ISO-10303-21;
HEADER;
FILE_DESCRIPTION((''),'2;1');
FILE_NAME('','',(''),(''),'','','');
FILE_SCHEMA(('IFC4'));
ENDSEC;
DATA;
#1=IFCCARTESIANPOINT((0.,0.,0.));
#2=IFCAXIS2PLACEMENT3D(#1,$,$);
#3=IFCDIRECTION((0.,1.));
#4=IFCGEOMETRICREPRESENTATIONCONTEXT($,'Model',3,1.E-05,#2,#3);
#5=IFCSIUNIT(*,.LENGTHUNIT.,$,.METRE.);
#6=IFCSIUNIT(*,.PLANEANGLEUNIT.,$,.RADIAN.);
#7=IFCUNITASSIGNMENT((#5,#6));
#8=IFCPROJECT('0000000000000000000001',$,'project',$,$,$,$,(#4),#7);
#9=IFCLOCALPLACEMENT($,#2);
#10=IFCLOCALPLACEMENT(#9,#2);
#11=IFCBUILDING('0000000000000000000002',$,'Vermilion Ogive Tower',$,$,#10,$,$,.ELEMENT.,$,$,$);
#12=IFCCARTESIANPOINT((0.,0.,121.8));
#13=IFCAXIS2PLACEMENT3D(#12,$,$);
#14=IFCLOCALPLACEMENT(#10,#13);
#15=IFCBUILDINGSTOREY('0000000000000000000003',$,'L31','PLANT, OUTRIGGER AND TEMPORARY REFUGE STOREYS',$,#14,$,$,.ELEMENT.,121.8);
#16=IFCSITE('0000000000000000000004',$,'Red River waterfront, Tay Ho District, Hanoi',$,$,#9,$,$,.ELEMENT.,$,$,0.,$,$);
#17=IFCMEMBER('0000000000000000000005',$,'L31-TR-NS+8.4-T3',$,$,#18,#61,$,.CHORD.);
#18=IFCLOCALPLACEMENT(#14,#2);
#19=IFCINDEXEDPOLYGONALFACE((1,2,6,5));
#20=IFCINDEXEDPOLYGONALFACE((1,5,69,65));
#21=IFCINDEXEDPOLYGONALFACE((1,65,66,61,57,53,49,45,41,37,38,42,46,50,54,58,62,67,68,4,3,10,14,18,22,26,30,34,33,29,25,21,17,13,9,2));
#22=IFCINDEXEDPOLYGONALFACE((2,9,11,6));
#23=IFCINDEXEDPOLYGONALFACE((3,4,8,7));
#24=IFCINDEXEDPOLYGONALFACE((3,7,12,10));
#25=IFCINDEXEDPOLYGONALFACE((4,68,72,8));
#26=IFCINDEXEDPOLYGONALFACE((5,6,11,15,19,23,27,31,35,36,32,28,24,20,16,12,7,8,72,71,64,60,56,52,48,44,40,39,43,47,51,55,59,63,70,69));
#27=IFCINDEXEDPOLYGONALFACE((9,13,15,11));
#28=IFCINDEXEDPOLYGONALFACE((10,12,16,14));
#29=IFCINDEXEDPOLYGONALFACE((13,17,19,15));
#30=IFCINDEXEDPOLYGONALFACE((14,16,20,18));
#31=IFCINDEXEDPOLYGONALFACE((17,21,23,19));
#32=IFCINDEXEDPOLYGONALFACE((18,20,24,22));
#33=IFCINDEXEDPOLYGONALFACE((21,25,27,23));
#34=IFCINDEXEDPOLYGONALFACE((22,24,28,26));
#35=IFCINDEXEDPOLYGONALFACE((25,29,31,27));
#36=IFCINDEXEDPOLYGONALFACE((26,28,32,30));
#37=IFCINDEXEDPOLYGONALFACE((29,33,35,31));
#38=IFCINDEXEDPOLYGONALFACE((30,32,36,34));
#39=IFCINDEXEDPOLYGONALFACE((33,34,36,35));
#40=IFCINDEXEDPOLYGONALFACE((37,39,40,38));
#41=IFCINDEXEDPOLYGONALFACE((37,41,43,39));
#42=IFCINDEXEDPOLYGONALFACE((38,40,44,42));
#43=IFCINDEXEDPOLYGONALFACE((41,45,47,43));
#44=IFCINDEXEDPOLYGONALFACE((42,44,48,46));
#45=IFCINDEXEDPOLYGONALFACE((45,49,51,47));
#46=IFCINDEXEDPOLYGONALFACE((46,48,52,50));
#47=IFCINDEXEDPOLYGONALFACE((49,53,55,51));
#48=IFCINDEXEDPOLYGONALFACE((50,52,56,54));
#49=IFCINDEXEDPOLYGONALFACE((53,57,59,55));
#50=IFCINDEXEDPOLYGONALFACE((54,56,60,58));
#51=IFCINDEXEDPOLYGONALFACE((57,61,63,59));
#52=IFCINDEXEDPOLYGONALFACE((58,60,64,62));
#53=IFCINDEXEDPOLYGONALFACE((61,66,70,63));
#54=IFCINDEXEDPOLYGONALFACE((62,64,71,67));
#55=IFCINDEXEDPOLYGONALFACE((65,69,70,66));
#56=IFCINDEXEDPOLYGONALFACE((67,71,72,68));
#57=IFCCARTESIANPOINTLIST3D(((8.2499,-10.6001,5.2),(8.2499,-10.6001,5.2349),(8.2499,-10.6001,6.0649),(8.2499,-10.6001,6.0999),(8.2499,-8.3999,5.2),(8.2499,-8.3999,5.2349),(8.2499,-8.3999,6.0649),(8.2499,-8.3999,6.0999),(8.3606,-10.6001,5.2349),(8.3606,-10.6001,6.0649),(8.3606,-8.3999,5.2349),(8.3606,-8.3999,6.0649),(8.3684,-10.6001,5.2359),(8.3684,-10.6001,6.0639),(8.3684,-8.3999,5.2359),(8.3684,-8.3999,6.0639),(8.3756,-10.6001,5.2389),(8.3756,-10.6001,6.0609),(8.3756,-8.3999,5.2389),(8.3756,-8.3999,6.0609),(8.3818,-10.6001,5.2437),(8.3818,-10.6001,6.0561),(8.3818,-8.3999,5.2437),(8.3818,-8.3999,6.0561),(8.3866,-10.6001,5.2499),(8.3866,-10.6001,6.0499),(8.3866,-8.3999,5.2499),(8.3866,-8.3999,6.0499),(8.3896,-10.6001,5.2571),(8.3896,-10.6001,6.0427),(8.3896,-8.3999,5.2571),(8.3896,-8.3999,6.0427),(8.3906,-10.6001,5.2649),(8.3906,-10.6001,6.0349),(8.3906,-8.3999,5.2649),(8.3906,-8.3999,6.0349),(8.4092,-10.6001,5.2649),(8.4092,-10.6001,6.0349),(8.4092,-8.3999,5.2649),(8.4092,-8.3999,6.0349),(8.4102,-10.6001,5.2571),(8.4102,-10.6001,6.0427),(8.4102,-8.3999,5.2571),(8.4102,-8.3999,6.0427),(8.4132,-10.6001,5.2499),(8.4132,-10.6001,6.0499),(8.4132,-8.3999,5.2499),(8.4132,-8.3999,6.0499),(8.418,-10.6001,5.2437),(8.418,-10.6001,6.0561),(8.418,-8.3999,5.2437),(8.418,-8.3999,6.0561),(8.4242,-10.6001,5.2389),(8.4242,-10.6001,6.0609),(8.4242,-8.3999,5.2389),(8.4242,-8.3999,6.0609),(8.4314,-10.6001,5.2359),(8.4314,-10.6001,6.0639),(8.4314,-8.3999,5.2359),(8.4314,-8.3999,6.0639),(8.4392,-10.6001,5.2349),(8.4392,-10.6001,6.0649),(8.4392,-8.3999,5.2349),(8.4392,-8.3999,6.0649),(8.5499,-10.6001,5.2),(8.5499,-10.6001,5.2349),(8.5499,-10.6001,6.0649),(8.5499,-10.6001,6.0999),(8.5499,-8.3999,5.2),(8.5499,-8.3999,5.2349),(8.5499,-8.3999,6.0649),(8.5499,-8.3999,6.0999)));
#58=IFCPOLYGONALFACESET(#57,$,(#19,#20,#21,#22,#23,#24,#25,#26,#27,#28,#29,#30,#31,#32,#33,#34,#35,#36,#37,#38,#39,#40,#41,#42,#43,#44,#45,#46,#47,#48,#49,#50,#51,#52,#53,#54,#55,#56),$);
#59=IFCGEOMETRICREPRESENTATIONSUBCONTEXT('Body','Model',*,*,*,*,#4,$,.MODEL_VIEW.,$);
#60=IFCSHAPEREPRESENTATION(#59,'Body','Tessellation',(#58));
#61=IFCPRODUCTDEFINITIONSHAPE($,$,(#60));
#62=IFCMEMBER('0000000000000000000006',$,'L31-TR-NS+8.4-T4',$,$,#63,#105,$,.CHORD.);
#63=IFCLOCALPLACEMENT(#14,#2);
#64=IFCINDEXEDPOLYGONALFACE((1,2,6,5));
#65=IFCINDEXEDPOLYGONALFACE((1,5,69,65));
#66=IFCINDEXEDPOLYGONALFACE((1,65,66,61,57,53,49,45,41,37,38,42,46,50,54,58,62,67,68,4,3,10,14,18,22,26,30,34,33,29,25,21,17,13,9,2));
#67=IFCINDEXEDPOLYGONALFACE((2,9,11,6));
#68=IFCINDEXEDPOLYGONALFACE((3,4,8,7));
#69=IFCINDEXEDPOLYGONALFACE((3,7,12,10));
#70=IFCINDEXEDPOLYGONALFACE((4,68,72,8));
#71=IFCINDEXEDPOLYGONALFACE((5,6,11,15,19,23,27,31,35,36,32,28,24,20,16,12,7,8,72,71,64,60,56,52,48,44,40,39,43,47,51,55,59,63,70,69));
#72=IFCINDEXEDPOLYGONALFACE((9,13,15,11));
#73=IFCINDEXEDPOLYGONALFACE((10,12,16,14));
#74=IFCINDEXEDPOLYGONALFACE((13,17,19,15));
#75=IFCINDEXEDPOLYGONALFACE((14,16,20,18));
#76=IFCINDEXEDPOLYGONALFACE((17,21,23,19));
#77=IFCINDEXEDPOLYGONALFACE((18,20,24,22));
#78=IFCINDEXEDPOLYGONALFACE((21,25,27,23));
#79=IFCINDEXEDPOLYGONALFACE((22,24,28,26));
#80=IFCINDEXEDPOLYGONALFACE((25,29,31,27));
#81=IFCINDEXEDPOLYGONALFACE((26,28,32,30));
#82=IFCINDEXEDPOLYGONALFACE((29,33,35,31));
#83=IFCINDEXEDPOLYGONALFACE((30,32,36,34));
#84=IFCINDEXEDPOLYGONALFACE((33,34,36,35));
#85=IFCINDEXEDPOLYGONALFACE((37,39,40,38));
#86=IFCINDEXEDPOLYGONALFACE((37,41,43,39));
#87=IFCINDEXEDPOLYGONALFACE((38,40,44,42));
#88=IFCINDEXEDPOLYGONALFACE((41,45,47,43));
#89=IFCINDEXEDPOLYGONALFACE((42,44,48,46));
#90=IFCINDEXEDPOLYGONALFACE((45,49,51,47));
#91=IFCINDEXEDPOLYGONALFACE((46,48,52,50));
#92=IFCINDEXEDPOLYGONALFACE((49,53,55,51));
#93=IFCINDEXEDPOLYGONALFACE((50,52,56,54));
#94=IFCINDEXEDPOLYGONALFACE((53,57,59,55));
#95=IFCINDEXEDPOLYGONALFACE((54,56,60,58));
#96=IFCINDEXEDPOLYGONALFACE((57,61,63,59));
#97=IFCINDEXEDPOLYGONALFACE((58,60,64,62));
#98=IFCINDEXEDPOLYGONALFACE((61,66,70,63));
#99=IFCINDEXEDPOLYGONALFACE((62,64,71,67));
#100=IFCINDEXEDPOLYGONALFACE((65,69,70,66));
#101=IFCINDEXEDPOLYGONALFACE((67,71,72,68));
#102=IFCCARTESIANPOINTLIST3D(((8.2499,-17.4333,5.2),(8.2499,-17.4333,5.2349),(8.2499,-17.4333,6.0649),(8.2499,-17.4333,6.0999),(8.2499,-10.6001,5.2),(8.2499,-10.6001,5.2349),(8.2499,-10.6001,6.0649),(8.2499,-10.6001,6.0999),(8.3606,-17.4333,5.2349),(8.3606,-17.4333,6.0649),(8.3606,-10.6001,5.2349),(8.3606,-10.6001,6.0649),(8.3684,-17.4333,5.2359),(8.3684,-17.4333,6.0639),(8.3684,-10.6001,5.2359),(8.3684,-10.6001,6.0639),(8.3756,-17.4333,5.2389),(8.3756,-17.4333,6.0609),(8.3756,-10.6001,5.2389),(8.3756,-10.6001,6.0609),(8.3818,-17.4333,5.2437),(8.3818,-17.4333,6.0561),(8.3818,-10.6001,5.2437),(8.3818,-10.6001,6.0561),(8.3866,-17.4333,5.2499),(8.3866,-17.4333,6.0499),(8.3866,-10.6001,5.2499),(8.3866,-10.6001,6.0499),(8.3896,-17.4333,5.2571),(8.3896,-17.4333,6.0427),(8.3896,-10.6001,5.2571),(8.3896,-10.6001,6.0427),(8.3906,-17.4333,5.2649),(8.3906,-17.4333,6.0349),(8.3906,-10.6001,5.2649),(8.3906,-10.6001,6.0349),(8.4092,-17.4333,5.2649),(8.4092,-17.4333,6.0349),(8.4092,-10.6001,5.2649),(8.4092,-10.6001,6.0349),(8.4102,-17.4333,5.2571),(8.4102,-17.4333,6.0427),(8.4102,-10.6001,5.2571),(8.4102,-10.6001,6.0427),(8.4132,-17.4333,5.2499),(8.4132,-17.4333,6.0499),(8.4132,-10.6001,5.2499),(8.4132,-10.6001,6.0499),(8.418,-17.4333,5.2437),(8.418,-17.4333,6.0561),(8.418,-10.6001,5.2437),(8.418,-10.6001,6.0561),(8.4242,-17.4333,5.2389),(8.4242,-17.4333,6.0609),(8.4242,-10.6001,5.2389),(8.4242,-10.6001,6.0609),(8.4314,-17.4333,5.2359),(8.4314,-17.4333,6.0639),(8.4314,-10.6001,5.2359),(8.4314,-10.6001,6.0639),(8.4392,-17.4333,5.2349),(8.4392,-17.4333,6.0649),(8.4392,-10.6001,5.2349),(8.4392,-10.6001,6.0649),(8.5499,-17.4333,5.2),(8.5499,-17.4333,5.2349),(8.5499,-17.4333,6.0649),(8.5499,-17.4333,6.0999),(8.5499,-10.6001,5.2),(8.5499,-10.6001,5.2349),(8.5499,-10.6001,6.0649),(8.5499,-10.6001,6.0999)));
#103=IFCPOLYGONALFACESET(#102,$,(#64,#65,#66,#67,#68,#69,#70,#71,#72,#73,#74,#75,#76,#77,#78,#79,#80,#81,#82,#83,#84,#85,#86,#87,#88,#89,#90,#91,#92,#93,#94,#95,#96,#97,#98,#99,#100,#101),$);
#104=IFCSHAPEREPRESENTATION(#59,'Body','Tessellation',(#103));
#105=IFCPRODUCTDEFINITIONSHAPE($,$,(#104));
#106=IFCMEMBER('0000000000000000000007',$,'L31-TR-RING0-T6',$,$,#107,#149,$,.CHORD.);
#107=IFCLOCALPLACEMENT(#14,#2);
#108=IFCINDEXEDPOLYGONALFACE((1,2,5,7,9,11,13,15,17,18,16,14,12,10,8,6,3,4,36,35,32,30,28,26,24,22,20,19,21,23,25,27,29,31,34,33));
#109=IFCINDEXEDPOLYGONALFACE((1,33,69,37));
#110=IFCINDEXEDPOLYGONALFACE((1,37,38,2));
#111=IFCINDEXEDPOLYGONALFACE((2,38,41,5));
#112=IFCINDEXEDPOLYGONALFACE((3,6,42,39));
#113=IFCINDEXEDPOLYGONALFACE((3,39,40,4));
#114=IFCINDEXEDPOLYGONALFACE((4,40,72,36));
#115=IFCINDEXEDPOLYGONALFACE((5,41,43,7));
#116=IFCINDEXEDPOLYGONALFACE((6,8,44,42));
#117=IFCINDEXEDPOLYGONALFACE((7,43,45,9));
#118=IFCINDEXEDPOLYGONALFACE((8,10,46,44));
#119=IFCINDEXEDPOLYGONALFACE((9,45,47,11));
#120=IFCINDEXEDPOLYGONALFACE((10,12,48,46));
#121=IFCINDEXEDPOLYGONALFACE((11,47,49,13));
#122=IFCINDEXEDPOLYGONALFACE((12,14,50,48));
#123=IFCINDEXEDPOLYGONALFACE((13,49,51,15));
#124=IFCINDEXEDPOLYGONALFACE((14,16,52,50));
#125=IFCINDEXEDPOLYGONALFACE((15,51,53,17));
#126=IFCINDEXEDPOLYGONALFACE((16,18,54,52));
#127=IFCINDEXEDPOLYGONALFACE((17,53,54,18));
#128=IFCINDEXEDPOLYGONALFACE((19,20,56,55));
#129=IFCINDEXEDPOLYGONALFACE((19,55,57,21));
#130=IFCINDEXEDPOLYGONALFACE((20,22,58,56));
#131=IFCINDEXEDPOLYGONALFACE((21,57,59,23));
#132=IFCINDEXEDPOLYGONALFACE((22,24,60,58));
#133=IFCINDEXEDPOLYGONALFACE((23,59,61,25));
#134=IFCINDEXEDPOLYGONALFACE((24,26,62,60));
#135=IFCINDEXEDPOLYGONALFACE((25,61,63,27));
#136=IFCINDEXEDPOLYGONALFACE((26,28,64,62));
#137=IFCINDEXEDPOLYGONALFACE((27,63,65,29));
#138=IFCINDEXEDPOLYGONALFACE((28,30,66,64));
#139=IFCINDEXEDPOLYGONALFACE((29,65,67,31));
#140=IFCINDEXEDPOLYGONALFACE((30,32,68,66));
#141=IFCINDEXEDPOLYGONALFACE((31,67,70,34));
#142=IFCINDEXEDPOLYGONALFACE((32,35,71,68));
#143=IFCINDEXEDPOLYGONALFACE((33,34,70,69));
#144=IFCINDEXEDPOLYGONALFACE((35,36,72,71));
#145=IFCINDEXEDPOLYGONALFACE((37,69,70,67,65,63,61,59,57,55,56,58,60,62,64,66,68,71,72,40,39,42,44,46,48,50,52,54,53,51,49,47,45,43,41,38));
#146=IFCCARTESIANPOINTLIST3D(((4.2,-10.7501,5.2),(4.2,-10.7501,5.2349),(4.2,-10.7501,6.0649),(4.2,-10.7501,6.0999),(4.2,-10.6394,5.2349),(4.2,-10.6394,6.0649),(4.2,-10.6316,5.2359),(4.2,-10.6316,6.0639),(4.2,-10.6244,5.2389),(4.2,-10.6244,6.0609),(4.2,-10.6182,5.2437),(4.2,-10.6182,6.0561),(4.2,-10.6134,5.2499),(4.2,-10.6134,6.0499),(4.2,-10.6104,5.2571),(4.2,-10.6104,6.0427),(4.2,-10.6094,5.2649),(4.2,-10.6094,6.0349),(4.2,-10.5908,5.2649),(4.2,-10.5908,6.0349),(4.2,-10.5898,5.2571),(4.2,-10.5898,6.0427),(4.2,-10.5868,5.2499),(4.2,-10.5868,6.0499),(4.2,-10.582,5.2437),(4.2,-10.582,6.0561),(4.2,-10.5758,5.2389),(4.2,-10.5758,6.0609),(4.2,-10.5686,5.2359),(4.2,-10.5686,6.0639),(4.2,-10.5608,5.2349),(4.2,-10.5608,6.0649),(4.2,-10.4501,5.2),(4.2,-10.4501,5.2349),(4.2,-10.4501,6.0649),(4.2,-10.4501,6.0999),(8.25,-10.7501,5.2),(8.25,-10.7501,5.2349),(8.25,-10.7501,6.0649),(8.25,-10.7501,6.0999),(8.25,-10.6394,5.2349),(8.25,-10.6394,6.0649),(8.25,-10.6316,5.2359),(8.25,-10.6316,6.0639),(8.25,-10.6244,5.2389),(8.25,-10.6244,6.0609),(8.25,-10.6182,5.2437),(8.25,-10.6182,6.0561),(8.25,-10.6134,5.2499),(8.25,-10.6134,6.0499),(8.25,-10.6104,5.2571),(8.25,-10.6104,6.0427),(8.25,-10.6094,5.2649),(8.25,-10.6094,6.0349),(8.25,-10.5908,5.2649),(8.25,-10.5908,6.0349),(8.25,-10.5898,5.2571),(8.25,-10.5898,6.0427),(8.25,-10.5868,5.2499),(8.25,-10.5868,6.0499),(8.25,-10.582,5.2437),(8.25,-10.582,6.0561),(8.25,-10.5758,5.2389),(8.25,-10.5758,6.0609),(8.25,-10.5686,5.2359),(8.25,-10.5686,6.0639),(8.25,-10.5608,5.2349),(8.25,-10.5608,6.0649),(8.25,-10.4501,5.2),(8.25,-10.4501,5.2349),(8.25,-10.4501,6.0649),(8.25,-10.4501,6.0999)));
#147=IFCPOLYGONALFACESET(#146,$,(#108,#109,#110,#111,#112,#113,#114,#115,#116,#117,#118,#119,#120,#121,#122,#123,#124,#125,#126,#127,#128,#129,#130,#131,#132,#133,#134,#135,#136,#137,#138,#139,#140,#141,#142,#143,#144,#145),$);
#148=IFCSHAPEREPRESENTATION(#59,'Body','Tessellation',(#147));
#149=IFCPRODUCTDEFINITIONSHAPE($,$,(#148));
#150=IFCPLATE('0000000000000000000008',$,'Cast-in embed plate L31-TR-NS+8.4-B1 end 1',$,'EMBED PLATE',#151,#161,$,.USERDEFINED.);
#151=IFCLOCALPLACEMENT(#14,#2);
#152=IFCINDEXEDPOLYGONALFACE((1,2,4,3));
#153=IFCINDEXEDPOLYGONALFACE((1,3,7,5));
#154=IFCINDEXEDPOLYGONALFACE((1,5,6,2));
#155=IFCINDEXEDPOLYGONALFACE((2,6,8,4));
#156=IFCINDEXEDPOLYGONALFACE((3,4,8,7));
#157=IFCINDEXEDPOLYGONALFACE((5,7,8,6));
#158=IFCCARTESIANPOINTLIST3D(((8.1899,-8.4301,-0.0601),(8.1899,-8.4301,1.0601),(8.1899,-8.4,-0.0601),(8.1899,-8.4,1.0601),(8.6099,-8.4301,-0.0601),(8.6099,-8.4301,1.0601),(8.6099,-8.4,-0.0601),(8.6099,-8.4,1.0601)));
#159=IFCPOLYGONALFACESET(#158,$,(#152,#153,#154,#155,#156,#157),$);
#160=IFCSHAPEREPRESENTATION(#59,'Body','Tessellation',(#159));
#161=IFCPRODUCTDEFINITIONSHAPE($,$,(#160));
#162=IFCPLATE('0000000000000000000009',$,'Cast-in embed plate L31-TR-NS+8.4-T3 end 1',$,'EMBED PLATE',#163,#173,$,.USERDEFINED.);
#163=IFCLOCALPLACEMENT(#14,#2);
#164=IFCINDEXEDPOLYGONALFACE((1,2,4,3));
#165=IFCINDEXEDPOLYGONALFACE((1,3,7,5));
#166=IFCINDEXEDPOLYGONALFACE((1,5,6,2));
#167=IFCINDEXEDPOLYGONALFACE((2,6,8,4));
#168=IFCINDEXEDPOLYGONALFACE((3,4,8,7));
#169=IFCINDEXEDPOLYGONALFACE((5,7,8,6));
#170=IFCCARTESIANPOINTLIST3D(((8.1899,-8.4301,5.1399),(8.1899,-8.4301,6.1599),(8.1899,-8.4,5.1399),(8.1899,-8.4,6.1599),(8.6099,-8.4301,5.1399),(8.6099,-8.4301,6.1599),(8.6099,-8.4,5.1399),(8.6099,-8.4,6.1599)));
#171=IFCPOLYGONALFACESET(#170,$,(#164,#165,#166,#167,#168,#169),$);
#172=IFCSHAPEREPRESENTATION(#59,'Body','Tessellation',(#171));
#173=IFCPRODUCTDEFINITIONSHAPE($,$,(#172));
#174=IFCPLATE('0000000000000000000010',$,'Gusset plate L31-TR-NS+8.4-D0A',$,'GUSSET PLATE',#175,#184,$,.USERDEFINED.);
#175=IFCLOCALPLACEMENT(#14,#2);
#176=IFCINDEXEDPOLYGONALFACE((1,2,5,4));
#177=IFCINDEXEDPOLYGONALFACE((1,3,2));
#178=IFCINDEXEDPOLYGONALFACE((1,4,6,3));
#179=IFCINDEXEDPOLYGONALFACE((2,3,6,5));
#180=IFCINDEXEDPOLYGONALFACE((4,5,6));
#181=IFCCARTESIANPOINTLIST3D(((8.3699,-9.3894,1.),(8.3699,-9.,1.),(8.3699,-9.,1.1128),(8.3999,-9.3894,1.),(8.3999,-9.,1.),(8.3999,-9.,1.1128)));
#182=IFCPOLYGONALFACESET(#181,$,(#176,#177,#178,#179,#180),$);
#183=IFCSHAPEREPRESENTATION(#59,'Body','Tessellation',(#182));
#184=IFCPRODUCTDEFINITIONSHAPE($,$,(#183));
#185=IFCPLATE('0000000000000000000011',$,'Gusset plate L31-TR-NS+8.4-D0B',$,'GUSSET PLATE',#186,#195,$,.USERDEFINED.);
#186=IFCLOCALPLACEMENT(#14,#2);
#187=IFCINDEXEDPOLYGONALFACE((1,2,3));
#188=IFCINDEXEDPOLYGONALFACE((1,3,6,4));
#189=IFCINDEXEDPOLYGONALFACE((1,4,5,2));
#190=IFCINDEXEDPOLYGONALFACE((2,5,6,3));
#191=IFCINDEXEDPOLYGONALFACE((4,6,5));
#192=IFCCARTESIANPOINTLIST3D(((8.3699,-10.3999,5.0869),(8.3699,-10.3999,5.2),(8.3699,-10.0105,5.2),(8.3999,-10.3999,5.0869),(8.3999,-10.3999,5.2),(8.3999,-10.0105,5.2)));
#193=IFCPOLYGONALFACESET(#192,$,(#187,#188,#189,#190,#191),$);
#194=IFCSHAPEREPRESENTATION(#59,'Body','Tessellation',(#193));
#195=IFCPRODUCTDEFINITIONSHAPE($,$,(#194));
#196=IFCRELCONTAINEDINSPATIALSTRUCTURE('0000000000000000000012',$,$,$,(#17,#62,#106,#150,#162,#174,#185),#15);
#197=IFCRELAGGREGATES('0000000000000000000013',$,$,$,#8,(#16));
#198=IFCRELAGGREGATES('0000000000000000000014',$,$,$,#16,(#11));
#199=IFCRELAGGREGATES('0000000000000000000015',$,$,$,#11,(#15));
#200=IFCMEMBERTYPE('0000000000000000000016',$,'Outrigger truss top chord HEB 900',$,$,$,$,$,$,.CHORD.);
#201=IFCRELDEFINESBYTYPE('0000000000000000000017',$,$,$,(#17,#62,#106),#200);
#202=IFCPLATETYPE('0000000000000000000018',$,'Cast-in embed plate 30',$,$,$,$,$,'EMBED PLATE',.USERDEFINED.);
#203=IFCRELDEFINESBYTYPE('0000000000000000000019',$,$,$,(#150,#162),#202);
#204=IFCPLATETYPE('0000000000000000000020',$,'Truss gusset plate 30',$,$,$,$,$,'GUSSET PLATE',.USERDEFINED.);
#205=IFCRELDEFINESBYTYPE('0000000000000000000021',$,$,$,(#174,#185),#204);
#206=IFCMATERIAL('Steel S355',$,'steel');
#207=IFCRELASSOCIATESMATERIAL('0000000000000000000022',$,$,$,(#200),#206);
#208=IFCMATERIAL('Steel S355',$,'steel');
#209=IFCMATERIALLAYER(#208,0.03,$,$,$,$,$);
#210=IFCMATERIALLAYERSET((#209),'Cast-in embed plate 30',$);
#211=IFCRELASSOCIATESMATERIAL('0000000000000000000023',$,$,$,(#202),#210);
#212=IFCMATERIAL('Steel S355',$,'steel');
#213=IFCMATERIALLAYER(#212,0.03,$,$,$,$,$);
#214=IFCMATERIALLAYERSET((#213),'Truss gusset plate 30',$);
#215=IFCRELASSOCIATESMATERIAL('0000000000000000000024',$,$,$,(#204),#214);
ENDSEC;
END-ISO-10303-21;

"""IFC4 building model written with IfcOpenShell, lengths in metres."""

from ifc_helpers import new_model, si_unit, direction, frame, origin, origin_2d, place, context, subcontext, project, spatial, polyline, rectangle, i_section, outline, extrude, material, layer, layer_set, material_profile, profile_set, type_object, element, save


model = new_model("IFC4")

# Units and contexts
model_context = context("Model", 3, precision=1e-05, world=origin(), true_north=direction((0.0, 1.0)))
body_context = subcontext(model_context, "Body", "Model", "MODEL_VIEW")
ifc_project = project(units=[si_unit("LENGTHUNIT", "METRE"), si_unit("PLANEANGLEUNIT", "RADIAN")], contexts=[model_context])

# Site, building, storey
site_placement = place(None, origin())
site = spatial("IfcSite", under=ifc_project, at=site_placement, Name="Red River waterfront, Tay Ho District, Hanoi", CompositionType="ELEMENT", RefElevation=0.0)
building_placement = place(site_placement, origin())
building = spatial("IfcBuilding", under=site, at=building_placement, Name="Vermilion Ogive Tower", CompositionType="ELEMENT")
storey_placement = place(building_placement, frame((0.0, 0.0, 121.8)))
storey = spatial("IfcBuildingStorey", under=building, at=storey_placement, Name="L31", Description="PLANT, OUTRIGGER AND TEMPORARY REFUGE STOREYS", CompositionType="ELEMENT", Elevation=121.8)

# Members
ifc_material_1 = material(Name="Steel S355", Category="steel")
ifc_material_profile_1 = material_profile(ifc_material_1, i_section(OverallWidth=0.3, OverallDepth=0.8999, WebThickness=0.0186, FlangeThickness=0.0349, FilletRadius=0.03, at=origin_2d()), Name="HEB 900")
ifc_profile_set_1 = profile_set([ifc_material_profile_1], Name="Steel S355")
member_type_1 = type_object("IfcMemberType", Name="Outrigger truss top chord HEB 900", PredefinedType="CHORD", material=ifc_profile_set_1)
member_1_placement = place(storey_placement, frame((8.3999, -8.3999, 5.6499), z_axis=(0.0, -1.0, 0.0), x_axis=(1.0, 0.0, 0.0)))
element("IfcMember", 1, at=member_1_placement, inside=storey, type_object=member_type_1, Name="L31-TR-NS+8.4-T3", PredefinedType="CHORD", context=body_context, shape_type="SweptSolid", body=[
    extrude(i_section(OverallWidth=0.3, OverallDepth=0.8999, WebThickness=0.0186, FlangeThickness=0.0349, FilletRadius=0.03, at=origin_2d()), origin(), (0.0, 0.0, 1.0), 2.2002),
])
member_2_placement = place(storey_placement, frame((8.3999, -10.6001, 5.6499), z_axis=(0.0, -1.0, 0.0), x_axis=(1.0, 0.0, 0.0)))
element("IfcMember", 2, at=member_2_placement, inside=storey, type_object=member_type_1, Name="L31-TR-NS+8.4-T4", PredefinedType="CHORD", context=body_context, shape_type="SweptSolid", body=[
    extrude(i_section(OverallWidth=0.3, OverallDepth=0.8999, WebThickness=0.0186, FlangeThickness=0.0349, FilletRadius=0.03, at=origin_2d()), origin(), (0.0, 0.0, 1.0), 6.8333),
])
member_3_placement = place(storey_placement, frame((4.2, -10.6001, 5.6499), z_axis=(1.0, 0.0, 0.0), x_axis=(0.0, 1.0, 0.0)))
element("IfcMember", 3, at=member_3_placement, inside=storey, type_object=member_type_1, Name="L31-TR-RING0-T6", PredefinedType="CHORD", context=body_context, shape_type="SweptSolid", body=[
    extrude(i_section(OverallWidth=0.3, OverallDepth=0.8999, WebThickness=0.0186, FlangeThickness=0.0349, FilletRadius=0.03, at=origin_2d()), origin(), (0.0, 0.0, 1.0), 4.05),
])

# Plates
ifc_material_2 = material(Name="Steel S355", Category="steel")
ifc_layer_1 = layer(ifc_material_2, 0.03)
ifc_layer_set_1 = layer_set([ifc_layer_1], Name="Cast-in embed plate 30")
plate_type_1 = type_object("IfcPlateType", Name="Cast-in embed plate 30", ElementType="EMBED PLATE", PredefinedType="USERDEFINED", material=ifc_layer_set_1)
plate_1_placement = place(storey_placement, frame((8.3999, -8.415, -0.0601), z_axis=(0.0, 0.0, 1.0), x_axis=(1.0, 0.0, 0.0)))
element("IfcPlate", 4, at=plate_1_placement, inside=storey, type_object=plate_type_1, Name="Cast-in embed plate L31-TR-NS+8.4-B1 end 1", ObjectType="EMBED PLATE", PredefinedType="USERDEFINED", context=body_context, shape_type="SweptSolid", body=[
    extrude(rectangle(XDim=0.4199, YDim=0.03, at=origin_2d()), origin(), (0.0, 0.0, 1.0), 1.1201),
])
plate_2_placement = place(storey_placement, frame((8.3999, -8.415, 5.1399), z_axis=(0.0, 0.0, 1.0), x_axis=(1.0, 0.0, 0.0)))
element("IfcPlate", 5, at=plate_2_placement, inside=storey, type_object=plate_type_1, Name="Cast-in embed plate L31-TR-NS+8.4-T3 end 1", ObjectType="EMBED PLATE", PredefinedType="USERDEFINED", context=body_context, shape_type="SweptSolid", body=[
    extrude(rectangle(XDim=0.4199, YDim=0.03, at=origin_2d()), origin(), (0.0, 0.0, 1.0), 1.02),
])
ifc_material_3 = material(Name="Steel S355", Category="steel")
ifc_layer_2 = layer(ifc_material_3, 0.03)
ifc_layer_set_2 = layer_set([ifc_layer_2], Name="Truss gusset plate 30")
plate_type_2 = type_object("IfcPlateType", Name="Truss gusset plate 30", ElementType="GUSSET PLATE", PredefinedType="USERDEFINED", material=ifc_layer_set_2)
plate_3_placement = place(storey_placement, frame((8.3999, -9.0, 1.1128), z_axis=(1.0, 0.0, 0.0), x_axis=(0.0, -0.960518, -0.278219)))
element("IfcPlate", 6, at=plate_3_placement, inside=storey, type_object=plate_type_2, Name="Gusset plate L31-TR-NS+8.4-D0A", ObjectType="GUSSET PLATE", PredefinedType="USERDEFINED", context=body_context, shape_type="SweptSolid", body=[
    extrude(outline(polyline([(0.0, 0.0), (0.4054, 0.0), (0.0314, 0.1083), (0.0, 0.0)])), origin(), (0.0, 0.0, -1.0), 0.03),
])
plate_4_placement = place(storey_placement, frame((8.3999, -10.3999, 5.0869), z_axis=(1.0, 0.0, 0.0), x_axis=(0.0, 0.960357, 0.278774)))
element("IfcPlate", 7, at=plate_4_placement, inside=storey, type_object=plate_type_2, Name="Gusset plate L31-TR-NS+8.4-D0B", ObjectType="GUSSET PLATE", PredefinedType="USERDEFINED", context=body_context, shape_type="SweptSolid", body=[
    extrude(outline(polyline([(0.0, 0.0), (0.4055, 0.0), (0.0315, 0.1086), (0.0, 0.0)])), origin(), (0.0, 0.0, -1.0), 0.03),
])

save(model, "model.ifc")
